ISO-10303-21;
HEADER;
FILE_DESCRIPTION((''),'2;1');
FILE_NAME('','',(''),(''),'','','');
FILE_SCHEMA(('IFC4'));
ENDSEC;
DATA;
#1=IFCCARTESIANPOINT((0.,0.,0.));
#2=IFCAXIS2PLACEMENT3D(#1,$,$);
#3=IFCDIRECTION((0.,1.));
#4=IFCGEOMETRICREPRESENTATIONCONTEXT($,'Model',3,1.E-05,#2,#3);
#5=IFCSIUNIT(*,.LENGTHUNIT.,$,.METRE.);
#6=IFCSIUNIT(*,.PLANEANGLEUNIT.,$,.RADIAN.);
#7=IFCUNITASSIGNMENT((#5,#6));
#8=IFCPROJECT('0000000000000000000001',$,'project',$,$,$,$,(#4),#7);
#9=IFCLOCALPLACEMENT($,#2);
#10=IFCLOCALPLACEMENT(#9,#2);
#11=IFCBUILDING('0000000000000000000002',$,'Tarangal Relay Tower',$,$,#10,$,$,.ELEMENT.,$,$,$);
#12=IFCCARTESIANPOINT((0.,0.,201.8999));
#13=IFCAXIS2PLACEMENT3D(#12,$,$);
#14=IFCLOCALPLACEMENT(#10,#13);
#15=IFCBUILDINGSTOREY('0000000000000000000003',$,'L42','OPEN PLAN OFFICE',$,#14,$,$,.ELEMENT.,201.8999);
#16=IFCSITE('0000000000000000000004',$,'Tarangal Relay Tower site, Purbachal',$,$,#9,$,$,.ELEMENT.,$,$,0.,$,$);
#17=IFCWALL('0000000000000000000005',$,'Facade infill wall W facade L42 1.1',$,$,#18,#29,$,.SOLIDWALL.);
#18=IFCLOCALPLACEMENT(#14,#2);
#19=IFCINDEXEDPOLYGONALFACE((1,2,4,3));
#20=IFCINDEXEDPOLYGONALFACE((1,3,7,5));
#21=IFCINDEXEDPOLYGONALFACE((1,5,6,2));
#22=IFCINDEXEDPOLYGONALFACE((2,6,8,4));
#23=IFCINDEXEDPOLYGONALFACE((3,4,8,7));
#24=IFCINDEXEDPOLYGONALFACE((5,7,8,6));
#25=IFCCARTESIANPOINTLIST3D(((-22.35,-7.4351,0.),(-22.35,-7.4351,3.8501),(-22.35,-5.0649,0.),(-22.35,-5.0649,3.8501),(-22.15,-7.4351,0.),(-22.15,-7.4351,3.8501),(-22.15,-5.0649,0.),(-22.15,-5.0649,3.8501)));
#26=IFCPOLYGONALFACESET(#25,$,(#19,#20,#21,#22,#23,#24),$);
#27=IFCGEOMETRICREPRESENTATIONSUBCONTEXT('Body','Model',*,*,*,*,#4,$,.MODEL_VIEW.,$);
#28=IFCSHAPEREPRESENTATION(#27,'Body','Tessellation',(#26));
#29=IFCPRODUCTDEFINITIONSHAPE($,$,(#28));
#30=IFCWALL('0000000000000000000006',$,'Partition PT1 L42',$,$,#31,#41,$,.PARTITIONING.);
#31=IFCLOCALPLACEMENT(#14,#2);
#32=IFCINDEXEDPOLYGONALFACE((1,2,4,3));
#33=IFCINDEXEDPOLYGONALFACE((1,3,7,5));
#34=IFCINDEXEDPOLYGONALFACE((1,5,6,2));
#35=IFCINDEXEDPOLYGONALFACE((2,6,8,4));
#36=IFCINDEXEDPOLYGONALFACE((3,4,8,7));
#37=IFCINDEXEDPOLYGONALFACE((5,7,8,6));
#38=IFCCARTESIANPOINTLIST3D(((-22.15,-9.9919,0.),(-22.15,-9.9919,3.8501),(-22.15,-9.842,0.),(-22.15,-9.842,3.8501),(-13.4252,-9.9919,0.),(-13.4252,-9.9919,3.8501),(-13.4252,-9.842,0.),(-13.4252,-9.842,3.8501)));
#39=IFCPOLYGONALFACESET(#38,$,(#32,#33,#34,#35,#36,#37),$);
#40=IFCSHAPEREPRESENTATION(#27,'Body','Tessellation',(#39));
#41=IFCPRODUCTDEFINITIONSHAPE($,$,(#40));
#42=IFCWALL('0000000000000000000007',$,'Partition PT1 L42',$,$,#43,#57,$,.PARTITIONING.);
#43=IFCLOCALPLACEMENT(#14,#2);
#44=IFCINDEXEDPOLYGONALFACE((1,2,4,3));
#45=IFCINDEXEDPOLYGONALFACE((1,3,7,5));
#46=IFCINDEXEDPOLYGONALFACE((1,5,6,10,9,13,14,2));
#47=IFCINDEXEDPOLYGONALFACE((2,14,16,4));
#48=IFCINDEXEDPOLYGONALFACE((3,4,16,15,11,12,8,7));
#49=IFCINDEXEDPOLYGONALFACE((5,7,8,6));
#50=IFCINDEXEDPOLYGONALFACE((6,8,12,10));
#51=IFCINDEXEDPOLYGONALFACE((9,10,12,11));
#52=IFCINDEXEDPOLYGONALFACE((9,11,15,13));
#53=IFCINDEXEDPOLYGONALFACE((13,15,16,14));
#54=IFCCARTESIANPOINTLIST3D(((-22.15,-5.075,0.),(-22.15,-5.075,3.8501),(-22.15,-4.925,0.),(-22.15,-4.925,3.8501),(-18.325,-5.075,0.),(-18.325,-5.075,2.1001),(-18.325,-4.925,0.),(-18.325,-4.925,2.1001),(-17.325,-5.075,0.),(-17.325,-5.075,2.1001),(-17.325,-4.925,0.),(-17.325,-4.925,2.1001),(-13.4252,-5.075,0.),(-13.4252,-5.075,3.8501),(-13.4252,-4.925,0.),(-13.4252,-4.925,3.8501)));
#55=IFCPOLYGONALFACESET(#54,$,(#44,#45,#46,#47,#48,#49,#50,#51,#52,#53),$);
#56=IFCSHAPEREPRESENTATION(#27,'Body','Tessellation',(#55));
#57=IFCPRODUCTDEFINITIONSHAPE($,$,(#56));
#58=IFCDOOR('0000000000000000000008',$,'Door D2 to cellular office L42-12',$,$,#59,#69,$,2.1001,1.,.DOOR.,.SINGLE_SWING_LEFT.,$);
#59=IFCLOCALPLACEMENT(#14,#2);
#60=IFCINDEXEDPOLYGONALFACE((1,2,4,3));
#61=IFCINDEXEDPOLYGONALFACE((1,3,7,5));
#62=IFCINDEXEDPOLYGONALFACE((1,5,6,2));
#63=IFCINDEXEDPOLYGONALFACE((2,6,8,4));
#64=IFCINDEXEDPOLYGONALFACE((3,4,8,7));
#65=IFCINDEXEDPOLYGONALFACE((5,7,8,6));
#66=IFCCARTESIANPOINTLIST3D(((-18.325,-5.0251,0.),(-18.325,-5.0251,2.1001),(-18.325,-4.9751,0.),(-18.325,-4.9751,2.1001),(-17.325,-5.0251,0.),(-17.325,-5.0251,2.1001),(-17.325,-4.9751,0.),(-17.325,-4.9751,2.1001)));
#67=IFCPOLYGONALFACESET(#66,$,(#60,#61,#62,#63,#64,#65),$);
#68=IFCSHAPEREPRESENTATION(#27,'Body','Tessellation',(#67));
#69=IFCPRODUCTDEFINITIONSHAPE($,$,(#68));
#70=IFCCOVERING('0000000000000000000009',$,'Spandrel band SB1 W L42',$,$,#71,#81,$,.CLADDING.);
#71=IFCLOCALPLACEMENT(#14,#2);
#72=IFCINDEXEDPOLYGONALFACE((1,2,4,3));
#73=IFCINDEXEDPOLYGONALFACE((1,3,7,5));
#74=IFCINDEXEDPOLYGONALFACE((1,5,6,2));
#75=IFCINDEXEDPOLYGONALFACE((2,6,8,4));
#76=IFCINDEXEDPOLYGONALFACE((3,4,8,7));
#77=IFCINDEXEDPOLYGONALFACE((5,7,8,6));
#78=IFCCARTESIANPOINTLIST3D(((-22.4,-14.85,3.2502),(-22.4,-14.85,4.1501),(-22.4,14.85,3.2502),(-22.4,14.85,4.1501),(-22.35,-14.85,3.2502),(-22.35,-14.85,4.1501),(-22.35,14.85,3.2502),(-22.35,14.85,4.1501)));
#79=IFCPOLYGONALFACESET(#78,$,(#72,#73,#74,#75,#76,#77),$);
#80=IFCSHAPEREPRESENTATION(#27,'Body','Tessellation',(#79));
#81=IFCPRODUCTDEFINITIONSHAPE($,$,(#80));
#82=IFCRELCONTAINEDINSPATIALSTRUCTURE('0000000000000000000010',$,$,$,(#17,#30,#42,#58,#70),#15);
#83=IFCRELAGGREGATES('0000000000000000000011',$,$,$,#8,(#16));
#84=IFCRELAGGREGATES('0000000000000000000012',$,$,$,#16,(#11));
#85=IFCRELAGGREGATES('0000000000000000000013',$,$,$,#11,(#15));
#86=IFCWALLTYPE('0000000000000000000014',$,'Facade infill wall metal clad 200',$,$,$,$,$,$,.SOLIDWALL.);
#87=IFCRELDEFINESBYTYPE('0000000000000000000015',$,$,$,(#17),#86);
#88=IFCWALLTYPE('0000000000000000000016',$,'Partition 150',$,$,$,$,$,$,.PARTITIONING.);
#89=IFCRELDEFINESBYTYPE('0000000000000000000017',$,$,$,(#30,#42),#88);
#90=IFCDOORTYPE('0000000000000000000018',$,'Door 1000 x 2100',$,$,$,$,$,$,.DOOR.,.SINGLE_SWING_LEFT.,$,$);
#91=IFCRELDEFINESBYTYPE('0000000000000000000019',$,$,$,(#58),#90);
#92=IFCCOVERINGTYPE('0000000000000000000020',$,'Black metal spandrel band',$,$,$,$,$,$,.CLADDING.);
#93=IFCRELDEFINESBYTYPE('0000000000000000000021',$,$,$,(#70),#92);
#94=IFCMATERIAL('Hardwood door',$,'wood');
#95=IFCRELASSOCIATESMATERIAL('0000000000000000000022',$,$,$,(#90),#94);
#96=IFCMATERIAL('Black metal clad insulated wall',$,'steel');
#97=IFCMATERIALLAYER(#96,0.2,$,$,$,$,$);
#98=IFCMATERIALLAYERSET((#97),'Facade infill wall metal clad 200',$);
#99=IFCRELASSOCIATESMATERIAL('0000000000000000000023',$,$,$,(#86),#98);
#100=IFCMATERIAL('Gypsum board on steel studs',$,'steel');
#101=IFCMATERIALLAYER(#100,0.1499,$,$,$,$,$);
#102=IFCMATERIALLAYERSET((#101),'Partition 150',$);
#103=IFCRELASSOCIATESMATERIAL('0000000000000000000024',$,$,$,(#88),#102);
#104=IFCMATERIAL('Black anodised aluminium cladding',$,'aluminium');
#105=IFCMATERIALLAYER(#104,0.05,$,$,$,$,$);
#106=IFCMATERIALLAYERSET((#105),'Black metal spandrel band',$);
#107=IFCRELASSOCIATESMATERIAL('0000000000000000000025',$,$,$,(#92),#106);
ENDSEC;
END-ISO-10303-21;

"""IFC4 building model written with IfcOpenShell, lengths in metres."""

from ifc_helpers import new_model, si_unit, direction, frame, frame_2d, origin, origin_2d, place, context, subcontext, project, spatial, rectangle, extrude, material, layer, layer_set, type_object, element, fill, save


model = new_model("IFC4")

# Units and contexts
model_context = context("Model", 3, precision=1e-05, world=origin(), true_north=direction((0.0, 1.0)))
body_context = subcontext(model_context, "Body", "Model", "MODEL_VIEW")
ifc_project = project(units=[si_unit("LENGTHUNIT", "METRE"), si_unit("PLANEANGLEUNIT", "RADIAN")], contexts=[model_context])

# Site, building, storey
site_placement = place(None, origin())
site = spatial("IfcSite", under=ifc_project, at=site_placement, Name="Tarangal Relay Tower site, Purbachal", CompositionType="ELEMENT", RefElevation=0.0)
building_placement = place(site_placement, origin())
building = spatial("IfcBuilding", under=site, at=building_placement, Name="Tarangal Relay Tower", CompositionType="ELEMENT")
storey_placement = place(building_placement, frame((0.0, 0.0, 201.8999)))
storey = spatial("IfcBuildingStorey", under=building, at=storey_placement, Name="L42", Description="OPEN PLAN OFFICE", CompositionType="ELEMENT", Elevation=201.8999)

# Shared definitions
ifc_material_1 = material(Name="Hardwood door", Category="wood")
door_type = type_object("IfcDoorType", Name="Door 1000 x 2100", OperationType="SINGLE_SWING_LEFT", PredefinedType="DOOR", material=ifc_material_1)

# Walls
ifc_material_2 = material(Name="Black metal clad insulated wall", Category="steel")
ifc_layer_1 = layer(ifc_material_2, 0.2)
ifc_layer_set_1 = layer_set([ifc_layer_1], Name="Facade infill wall metal clad 200")
wall_type_1 = type_object("IfcWallType", Name="Facade infill wall metal clad 200", PredefinedType="SOLIDWALL", material=ifc_layer_set_1)
wall_1_placement = place(storey_placement, frame((-22.25, -7.4351, 0.0), z_axis=(0.0, 0.0, 1.0), x_axis=(0.0, 1.0, 0.0)))
element("IfcWall", 1, at=wall_1_placement, inside=storey, type_object=wall_type_1, Name="Facade infill wall W facade L42 1.1", PredefinedType="SOLIDWALL", context=body_context, shape_type="SweptSolid", body=[
    extrude(rectangle(XDim=2.3701, YDim=0.2, at=frame_2d((1.1851, 0.0))), origin(), (0.0, 0.0, 1.0), 3.8501),
])
ifc_material_3 = material(Name="Gypsum board on steel studs", Category="steel")
ifc_layer_2 = layer(ifc_material_3, 0.1499)
ifc_layer_set_2 = layer_set([ifc_layer_2], Name="Partition 150")
wall_type_2 = type_object("IfcWallType", Name="Partition 150", PredefinedType="PARTITIONING", material=ifc_layer_set_2)
wall_2_placement = place(storey_placement, frame((-22.1499, -9.917, 0.0), z_axis=(0.0, 0.0, 1.0), x_axis=(1.0, 0.0, 0.0)))
element("IfcWall", 2, at=wall_2_placement, inside=storey, type_object=wall_type_2, Name="Partition PT1 L42", PredefinedType="PARTITIONING", context=body_context, shape_type="SweptSolid", body=[
    extrude(rectangle(XDim=8.7249, YDim=0.1499, at=frame_2d((4.3623, 0.0))), origin(), (0.0, 0.0, 1.0), 3.8501),
])

# Wall, opening, door
wall_3_placement = place(storey_placement, frame((-22.1499, -5.0, 0.0), z_axis=(0.0, 0.0, 1.0), x_axis=(1.0, 0.0, 0.0)))
wall_3 = element("IfcWall", 3, at=wall_3_placement, inside=storey, type_object=wall_type_2, Name="Partition PT1 L42", PredefinedType="PARTITIONING", context=body_context, shape_type="SweptSolid", body=[
    extrude(rectangle(XDim=8.7249, YDim=0.1499, at=frame_2d((4.3623, 0.0))), origin(), (0.0, 0.0, 1.0), 3.8501),
])
opening_1_placement = place(wall_3_placement, frame((3.825, 0.0, 0.0)))
opening_1 = element("IfcOpeningElement", 4, at=opening_1_placement, cuts=wall_3, PredefinedType="OPENING", context=body_context, shape_type="SweptSolid", body=[
    extrude(rectangle(XDim=1.0, YDim=2.1001, at=frame_2d((0.5, 1.05))), frame((0.0, 0.085, 0.0), z_axis=(0.0, -1.0, 0.0), x_axis=(1.0, 0.0, 0.0)), (0.0, 0.0, 1.0), 0.1699),
])
door_1_placement = place(opening_1_placement, origin())
door_1 = element("IfcDoor", 5, at=door_1_placement, inside=storey, type_object=door_type, Name="Door D2 to cellular office L42-12", OperationType="SINGLE_SWING_LEFT", OverallHeight=2.1001, OverallWidth=1.0, PredefinedType="DOOR", context=body_context, shape_type="SweptSolid", body=[
    extrude(rectangle(XDim=1.0, YDim=2.1001, at=frame_2d((0.5, 1.05))), frame((0.0, 0.0249, 0.0), z_axis=(0.0, -1.0, 0.0), x_axis=(1.0, 0.0, 0.0)), (0.0, 0.0, 1.0), 0.05),
])
fill(opening_1, door_1)

# Covering
ifc_material_4 = material(Name="Black anodised aluminium cladding", Category="aluminium")
ifc_layer_3 = layer(ifc_material_4, 0.05)
ifc_layer_set_3 = layer_set([ifc_layer_3], Name="Black metal spandrel band")
covering_type = type_object("IfcCoveringType", Name="Black metal spandrel band", PredefinedType="CLADDING", material=ifc_layer_set_3)
covering_placement = place(storey_placement, frame((-22.375, 0.0, 3.2502), z_axis=(0.0, 0.0, 1.0), x_axis=(0.0, 1.0, 0.0)))
element("IfcCovering", 6, at=covering_placement, inside=storey, type_object=covering_type, Name="Spandrel band SB1 W L42", PredefinedType="CLADDING", context=body_context, shape_type="SweptSolid", body=[
    extrude(rectangle(XDim=29.7, YDim=0.05, at=origin_2d()), origin(), (0.0, 0.0, 1.0), 0.8999),
])

save(model, "model.ifc")
